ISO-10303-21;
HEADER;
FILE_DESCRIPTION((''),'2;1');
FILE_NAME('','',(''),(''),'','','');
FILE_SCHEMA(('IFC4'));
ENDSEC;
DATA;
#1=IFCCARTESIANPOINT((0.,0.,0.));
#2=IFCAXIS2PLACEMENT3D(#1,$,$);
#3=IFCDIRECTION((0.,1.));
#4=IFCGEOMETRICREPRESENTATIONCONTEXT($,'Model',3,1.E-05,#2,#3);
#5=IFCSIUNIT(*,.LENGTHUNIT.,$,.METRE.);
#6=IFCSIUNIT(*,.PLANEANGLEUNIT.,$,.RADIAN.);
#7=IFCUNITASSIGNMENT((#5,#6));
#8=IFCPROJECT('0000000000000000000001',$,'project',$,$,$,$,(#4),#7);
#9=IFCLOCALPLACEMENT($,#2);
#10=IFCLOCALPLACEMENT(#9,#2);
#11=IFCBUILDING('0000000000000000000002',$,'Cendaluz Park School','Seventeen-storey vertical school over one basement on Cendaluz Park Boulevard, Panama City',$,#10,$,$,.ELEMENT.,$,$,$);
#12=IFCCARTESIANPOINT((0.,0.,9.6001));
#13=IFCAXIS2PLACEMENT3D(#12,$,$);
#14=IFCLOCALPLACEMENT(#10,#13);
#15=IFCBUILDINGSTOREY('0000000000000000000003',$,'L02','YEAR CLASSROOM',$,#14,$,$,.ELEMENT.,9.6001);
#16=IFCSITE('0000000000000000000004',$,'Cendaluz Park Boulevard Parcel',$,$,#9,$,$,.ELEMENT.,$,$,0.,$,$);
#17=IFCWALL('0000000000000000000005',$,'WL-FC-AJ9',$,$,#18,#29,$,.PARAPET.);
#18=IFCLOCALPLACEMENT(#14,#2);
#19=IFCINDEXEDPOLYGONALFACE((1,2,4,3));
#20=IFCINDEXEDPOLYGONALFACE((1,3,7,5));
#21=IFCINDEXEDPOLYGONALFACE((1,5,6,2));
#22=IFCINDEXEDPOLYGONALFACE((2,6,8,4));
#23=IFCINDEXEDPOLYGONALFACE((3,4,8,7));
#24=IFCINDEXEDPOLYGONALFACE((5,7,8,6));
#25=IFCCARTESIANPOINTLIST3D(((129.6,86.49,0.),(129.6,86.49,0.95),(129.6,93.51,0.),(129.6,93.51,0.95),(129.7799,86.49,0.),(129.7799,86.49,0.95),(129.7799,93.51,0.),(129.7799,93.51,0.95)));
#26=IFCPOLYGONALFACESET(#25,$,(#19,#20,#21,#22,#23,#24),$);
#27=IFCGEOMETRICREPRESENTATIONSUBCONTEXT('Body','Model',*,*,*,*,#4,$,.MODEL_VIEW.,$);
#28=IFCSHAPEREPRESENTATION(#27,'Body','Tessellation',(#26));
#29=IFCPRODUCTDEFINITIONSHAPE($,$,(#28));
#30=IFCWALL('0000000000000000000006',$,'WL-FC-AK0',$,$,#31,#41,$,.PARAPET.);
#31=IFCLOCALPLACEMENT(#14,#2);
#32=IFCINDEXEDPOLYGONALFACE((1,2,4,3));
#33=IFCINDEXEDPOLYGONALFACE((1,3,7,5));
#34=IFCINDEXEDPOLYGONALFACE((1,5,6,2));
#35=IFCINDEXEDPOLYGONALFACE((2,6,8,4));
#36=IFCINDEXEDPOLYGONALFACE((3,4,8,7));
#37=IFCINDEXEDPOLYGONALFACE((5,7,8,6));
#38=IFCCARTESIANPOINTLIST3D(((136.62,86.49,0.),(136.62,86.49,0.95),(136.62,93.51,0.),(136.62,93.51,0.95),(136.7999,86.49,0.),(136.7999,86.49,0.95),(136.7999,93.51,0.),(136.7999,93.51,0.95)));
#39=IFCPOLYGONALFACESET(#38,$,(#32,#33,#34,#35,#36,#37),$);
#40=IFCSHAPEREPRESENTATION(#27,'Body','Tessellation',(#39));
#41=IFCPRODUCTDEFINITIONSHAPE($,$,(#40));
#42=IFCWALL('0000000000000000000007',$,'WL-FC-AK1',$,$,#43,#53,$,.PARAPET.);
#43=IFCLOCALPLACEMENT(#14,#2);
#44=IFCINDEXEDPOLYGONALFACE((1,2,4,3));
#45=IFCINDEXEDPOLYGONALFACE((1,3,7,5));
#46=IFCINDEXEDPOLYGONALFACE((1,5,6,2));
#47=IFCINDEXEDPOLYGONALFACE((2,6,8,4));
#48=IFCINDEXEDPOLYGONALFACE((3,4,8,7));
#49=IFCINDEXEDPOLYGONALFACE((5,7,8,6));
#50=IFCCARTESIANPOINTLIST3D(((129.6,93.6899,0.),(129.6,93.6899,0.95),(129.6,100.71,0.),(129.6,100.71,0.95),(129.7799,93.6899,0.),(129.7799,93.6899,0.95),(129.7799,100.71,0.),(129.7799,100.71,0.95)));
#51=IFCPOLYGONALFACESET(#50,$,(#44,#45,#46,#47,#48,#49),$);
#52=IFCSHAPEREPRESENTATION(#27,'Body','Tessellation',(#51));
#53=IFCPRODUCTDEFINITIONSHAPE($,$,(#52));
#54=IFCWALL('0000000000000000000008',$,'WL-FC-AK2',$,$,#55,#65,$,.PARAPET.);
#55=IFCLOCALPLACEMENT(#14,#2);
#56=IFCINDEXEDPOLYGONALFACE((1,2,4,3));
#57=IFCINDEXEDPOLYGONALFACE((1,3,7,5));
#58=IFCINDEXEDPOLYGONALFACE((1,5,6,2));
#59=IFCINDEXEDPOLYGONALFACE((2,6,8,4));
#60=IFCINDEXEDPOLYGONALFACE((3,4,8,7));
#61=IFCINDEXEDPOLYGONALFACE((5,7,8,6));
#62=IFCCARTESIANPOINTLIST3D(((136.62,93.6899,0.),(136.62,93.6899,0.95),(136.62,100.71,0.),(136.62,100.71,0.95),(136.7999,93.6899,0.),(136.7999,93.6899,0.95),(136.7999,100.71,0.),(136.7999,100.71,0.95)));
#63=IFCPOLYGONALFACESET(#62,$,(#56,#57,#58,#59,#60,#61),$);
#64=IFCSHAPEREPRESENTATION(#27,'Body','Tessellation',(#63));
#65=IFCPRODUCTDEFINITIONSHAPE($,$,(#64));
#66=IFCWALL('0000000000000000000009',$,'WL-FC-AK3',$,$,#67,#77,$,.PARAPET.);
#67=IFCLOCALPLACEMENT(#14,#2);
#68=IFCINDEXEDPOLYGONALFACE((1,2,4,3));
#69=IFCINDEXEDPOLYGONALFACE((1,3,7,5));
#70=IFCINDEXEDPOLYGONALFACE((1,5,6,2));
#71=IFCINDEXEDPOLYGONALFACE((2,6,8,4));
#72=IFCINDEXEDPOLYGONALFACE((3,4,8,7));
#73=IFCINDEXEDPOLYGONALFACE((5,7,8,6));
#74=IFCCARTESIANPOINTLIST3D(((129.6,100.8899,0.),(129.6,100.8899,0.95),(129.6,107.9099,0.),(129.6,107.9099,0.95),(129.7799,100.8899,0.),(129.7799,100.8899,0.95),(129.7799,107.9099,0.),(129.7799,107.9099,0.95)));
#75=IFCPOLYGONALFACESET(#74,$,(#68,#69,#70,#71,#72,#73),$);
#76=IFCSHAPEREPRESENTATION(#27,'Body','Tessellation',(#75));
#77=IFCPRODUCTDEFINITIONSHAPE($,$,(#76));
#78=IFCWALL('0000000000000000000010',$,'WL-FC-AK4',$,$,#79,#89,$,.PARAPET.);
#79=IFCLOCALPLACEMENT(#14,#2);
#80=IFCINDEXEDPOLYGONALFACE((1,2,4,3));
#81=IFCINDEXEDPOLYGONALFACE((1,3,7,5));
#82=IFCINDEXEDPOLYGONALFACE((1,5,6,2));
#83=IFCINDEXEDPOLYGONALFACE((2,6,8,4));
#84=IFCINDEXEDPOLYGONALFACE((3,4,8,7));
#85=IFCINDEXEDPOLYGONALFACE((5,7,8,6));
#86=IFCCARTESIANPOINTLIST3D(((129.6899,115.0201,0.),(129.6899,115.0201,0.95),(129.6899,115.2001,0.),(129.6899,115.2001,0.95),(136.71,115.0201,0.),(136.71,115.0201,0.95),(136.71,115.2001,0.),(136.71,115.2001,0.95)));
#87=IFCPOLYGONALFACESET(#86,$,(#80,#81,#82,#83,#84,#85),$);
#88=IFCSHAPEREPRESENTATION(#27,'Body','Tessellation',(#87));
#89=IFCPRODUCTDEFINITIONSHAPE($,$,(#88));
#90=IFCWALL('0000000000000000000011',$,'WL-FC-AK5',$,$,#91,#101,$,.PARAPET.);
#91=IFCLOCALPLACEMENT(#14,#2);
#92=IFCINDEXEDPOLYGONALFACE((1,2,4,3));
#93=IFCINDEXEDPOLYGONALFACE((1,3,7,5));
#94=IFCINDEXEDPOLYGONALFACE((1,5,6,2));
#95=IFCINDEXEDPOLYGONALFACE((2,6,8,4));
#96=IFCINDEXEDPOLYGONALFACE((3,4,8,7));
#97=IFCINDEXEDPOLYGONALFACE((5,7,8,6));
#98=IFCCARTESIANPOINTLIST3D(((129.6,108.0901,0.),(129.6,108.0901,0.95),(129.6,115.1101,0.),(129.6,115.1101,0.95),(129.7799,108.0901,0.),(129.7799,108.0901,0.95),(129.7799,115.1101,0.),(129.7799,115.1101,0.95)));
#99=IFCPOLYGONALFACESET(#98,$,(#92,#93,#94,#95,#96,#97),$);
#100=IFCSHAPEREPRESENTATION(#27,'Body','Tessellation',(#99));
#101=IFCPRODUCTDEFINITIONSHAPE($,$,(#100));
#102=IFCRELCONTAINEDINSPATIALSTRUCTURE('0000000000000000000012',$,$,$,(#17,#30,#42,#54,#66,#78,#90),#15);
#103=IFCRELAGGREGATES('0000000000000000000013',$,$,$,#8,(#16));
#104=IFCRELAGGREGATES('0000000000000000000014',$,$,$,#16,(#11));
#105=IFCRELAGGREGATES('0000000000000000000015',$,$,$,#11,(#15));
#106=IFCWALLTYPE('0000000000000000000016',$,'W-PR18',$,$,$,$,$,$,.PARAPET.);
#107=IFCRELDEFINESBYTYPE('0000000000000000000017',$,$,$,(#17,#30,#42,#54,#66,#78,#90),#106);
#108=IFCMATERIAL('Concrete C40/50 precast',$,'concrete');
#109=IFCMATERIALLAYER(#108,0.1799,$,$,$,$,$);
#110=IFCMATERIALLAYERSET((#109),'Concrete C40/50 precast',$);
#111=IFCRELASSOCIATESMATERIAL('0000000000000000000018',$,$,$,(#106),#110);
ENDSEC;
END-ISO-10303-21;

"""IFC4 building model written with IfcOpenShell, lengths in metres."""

from ifc_helpers import new_model, si_unit, direction, frame, frame_2d, origin, place, context, subcontext, project, spatial, rectangle, extrude, material, layer, layer_set, type_object, element, save


model = new_model("IFC4")

# Units and contexts
model_context = context("Model", 3, precision=1e-05, world=origin(), true_north=direction((0.0, 1.0)))
body_context = subcontext(model_context, "Body", "Model", "MODEL_VIEW")
ifc_project = project(units=[si_unit("LENGTHUNIT", "METRE"), si_unit("PLANEANGLEUNIT", "RADIAN")], contexts=[model_context])

# Site, building, storey
site_placement = place(None, origin())
site = spatial("IfcSite", under=ifc_project, at=site_placement, Name="Cendaluz Park Boulevard Parcel", CompositionType="ELEMENT", RefElevation=0.0)
building_placement = place(site_placement, origin())
building = spatial("IfcBuilding", under=site, at=building_placement, Name="Cendaluz Park School", Description="Seventeen-storey vertical school over one basement on Cendaluz Park Boulevard, Panama City", CompositionType="ELEMENT")
storey_placement = place(building_placement, frame((0.0, 0.0, 9.6001)))
storey = spatial("IfcBuildingStorey", under=building, at=storey_placement, Name="L02", Description="YEAR CLASSROOM", CompositionType="ELEMENT", Elevation=9.6001)

# Shared definitions
ifc_material_1 = material(Name="Concrete C40/50 precast", Category="concrete")

# Walls
ifc_layer_1 = layer(ifc_material_1, 0.1799)
ifc_layer_set_1 = layer_set([ifc_layer_1], Name="Concrete C40/50 precast")
wall_type_1 = type_object("IfcWallType", Name="W-PR18", PredefinedType="PARAPET", material=ifc_layer_set_1)
for number, where, z_axis, x_axis, name in (
    (1, (129.6899, 86.49, 0.0), (0.0, 0.0, 1.0), (0.0, 1.0, 0.0), "WL-FC-AJ9"),
    (2, (136.71, 86.49, 0.0), (0.0, 0.0, 1.0), (0.0, 1.0, 0.0), "WL-FC-AK0"),
    (3, (129.6899, 93.6899, 0.0), (0.0, 0.0, 1.0), (0.0, 1.0, 0.0), "WL-FC-AK1"),
    (4, (136.71, 93.6899, 0.0), (0.0, 0.0, 1.0), (0.0, 1.0, 0.0), "WL-FC-AK2"),
    (5, (129.6899, 100.8899, 0.0), (0.0, 0.0, 1.0), (0.0, 1.0, 0.0), "WL-FC-AK3"),
    (6, (129.6899, 115.1101, 0.0), (0.0, 0.0, 1.0), (1.0, 0.0, 0.0), "WL-FC-AK4"),
    (7, (129.6899, 108.0901, 0.0), (0.0, 0.0, 1.0), (0.0, 1.0, 0.0), "WL-FC-AK5"),
):
    element("IfcWall", number, at=place(storey_placement, frame(where, z_axis=z_axis, x_axis=x_axis)), inside=storey, type_object=wall_type_1, Name=name, PredefinedType="PARAPET", context=body_context, shape_type="SweptSolid", body=[
        extrude(rectangle(XDim=7.02, YDim=0.1799, at=frame_2d((3.51, 0.0))), origin(), (0.0, 0.0, 1.0), 0.95),
    ])

save(model, "model.ifc")
